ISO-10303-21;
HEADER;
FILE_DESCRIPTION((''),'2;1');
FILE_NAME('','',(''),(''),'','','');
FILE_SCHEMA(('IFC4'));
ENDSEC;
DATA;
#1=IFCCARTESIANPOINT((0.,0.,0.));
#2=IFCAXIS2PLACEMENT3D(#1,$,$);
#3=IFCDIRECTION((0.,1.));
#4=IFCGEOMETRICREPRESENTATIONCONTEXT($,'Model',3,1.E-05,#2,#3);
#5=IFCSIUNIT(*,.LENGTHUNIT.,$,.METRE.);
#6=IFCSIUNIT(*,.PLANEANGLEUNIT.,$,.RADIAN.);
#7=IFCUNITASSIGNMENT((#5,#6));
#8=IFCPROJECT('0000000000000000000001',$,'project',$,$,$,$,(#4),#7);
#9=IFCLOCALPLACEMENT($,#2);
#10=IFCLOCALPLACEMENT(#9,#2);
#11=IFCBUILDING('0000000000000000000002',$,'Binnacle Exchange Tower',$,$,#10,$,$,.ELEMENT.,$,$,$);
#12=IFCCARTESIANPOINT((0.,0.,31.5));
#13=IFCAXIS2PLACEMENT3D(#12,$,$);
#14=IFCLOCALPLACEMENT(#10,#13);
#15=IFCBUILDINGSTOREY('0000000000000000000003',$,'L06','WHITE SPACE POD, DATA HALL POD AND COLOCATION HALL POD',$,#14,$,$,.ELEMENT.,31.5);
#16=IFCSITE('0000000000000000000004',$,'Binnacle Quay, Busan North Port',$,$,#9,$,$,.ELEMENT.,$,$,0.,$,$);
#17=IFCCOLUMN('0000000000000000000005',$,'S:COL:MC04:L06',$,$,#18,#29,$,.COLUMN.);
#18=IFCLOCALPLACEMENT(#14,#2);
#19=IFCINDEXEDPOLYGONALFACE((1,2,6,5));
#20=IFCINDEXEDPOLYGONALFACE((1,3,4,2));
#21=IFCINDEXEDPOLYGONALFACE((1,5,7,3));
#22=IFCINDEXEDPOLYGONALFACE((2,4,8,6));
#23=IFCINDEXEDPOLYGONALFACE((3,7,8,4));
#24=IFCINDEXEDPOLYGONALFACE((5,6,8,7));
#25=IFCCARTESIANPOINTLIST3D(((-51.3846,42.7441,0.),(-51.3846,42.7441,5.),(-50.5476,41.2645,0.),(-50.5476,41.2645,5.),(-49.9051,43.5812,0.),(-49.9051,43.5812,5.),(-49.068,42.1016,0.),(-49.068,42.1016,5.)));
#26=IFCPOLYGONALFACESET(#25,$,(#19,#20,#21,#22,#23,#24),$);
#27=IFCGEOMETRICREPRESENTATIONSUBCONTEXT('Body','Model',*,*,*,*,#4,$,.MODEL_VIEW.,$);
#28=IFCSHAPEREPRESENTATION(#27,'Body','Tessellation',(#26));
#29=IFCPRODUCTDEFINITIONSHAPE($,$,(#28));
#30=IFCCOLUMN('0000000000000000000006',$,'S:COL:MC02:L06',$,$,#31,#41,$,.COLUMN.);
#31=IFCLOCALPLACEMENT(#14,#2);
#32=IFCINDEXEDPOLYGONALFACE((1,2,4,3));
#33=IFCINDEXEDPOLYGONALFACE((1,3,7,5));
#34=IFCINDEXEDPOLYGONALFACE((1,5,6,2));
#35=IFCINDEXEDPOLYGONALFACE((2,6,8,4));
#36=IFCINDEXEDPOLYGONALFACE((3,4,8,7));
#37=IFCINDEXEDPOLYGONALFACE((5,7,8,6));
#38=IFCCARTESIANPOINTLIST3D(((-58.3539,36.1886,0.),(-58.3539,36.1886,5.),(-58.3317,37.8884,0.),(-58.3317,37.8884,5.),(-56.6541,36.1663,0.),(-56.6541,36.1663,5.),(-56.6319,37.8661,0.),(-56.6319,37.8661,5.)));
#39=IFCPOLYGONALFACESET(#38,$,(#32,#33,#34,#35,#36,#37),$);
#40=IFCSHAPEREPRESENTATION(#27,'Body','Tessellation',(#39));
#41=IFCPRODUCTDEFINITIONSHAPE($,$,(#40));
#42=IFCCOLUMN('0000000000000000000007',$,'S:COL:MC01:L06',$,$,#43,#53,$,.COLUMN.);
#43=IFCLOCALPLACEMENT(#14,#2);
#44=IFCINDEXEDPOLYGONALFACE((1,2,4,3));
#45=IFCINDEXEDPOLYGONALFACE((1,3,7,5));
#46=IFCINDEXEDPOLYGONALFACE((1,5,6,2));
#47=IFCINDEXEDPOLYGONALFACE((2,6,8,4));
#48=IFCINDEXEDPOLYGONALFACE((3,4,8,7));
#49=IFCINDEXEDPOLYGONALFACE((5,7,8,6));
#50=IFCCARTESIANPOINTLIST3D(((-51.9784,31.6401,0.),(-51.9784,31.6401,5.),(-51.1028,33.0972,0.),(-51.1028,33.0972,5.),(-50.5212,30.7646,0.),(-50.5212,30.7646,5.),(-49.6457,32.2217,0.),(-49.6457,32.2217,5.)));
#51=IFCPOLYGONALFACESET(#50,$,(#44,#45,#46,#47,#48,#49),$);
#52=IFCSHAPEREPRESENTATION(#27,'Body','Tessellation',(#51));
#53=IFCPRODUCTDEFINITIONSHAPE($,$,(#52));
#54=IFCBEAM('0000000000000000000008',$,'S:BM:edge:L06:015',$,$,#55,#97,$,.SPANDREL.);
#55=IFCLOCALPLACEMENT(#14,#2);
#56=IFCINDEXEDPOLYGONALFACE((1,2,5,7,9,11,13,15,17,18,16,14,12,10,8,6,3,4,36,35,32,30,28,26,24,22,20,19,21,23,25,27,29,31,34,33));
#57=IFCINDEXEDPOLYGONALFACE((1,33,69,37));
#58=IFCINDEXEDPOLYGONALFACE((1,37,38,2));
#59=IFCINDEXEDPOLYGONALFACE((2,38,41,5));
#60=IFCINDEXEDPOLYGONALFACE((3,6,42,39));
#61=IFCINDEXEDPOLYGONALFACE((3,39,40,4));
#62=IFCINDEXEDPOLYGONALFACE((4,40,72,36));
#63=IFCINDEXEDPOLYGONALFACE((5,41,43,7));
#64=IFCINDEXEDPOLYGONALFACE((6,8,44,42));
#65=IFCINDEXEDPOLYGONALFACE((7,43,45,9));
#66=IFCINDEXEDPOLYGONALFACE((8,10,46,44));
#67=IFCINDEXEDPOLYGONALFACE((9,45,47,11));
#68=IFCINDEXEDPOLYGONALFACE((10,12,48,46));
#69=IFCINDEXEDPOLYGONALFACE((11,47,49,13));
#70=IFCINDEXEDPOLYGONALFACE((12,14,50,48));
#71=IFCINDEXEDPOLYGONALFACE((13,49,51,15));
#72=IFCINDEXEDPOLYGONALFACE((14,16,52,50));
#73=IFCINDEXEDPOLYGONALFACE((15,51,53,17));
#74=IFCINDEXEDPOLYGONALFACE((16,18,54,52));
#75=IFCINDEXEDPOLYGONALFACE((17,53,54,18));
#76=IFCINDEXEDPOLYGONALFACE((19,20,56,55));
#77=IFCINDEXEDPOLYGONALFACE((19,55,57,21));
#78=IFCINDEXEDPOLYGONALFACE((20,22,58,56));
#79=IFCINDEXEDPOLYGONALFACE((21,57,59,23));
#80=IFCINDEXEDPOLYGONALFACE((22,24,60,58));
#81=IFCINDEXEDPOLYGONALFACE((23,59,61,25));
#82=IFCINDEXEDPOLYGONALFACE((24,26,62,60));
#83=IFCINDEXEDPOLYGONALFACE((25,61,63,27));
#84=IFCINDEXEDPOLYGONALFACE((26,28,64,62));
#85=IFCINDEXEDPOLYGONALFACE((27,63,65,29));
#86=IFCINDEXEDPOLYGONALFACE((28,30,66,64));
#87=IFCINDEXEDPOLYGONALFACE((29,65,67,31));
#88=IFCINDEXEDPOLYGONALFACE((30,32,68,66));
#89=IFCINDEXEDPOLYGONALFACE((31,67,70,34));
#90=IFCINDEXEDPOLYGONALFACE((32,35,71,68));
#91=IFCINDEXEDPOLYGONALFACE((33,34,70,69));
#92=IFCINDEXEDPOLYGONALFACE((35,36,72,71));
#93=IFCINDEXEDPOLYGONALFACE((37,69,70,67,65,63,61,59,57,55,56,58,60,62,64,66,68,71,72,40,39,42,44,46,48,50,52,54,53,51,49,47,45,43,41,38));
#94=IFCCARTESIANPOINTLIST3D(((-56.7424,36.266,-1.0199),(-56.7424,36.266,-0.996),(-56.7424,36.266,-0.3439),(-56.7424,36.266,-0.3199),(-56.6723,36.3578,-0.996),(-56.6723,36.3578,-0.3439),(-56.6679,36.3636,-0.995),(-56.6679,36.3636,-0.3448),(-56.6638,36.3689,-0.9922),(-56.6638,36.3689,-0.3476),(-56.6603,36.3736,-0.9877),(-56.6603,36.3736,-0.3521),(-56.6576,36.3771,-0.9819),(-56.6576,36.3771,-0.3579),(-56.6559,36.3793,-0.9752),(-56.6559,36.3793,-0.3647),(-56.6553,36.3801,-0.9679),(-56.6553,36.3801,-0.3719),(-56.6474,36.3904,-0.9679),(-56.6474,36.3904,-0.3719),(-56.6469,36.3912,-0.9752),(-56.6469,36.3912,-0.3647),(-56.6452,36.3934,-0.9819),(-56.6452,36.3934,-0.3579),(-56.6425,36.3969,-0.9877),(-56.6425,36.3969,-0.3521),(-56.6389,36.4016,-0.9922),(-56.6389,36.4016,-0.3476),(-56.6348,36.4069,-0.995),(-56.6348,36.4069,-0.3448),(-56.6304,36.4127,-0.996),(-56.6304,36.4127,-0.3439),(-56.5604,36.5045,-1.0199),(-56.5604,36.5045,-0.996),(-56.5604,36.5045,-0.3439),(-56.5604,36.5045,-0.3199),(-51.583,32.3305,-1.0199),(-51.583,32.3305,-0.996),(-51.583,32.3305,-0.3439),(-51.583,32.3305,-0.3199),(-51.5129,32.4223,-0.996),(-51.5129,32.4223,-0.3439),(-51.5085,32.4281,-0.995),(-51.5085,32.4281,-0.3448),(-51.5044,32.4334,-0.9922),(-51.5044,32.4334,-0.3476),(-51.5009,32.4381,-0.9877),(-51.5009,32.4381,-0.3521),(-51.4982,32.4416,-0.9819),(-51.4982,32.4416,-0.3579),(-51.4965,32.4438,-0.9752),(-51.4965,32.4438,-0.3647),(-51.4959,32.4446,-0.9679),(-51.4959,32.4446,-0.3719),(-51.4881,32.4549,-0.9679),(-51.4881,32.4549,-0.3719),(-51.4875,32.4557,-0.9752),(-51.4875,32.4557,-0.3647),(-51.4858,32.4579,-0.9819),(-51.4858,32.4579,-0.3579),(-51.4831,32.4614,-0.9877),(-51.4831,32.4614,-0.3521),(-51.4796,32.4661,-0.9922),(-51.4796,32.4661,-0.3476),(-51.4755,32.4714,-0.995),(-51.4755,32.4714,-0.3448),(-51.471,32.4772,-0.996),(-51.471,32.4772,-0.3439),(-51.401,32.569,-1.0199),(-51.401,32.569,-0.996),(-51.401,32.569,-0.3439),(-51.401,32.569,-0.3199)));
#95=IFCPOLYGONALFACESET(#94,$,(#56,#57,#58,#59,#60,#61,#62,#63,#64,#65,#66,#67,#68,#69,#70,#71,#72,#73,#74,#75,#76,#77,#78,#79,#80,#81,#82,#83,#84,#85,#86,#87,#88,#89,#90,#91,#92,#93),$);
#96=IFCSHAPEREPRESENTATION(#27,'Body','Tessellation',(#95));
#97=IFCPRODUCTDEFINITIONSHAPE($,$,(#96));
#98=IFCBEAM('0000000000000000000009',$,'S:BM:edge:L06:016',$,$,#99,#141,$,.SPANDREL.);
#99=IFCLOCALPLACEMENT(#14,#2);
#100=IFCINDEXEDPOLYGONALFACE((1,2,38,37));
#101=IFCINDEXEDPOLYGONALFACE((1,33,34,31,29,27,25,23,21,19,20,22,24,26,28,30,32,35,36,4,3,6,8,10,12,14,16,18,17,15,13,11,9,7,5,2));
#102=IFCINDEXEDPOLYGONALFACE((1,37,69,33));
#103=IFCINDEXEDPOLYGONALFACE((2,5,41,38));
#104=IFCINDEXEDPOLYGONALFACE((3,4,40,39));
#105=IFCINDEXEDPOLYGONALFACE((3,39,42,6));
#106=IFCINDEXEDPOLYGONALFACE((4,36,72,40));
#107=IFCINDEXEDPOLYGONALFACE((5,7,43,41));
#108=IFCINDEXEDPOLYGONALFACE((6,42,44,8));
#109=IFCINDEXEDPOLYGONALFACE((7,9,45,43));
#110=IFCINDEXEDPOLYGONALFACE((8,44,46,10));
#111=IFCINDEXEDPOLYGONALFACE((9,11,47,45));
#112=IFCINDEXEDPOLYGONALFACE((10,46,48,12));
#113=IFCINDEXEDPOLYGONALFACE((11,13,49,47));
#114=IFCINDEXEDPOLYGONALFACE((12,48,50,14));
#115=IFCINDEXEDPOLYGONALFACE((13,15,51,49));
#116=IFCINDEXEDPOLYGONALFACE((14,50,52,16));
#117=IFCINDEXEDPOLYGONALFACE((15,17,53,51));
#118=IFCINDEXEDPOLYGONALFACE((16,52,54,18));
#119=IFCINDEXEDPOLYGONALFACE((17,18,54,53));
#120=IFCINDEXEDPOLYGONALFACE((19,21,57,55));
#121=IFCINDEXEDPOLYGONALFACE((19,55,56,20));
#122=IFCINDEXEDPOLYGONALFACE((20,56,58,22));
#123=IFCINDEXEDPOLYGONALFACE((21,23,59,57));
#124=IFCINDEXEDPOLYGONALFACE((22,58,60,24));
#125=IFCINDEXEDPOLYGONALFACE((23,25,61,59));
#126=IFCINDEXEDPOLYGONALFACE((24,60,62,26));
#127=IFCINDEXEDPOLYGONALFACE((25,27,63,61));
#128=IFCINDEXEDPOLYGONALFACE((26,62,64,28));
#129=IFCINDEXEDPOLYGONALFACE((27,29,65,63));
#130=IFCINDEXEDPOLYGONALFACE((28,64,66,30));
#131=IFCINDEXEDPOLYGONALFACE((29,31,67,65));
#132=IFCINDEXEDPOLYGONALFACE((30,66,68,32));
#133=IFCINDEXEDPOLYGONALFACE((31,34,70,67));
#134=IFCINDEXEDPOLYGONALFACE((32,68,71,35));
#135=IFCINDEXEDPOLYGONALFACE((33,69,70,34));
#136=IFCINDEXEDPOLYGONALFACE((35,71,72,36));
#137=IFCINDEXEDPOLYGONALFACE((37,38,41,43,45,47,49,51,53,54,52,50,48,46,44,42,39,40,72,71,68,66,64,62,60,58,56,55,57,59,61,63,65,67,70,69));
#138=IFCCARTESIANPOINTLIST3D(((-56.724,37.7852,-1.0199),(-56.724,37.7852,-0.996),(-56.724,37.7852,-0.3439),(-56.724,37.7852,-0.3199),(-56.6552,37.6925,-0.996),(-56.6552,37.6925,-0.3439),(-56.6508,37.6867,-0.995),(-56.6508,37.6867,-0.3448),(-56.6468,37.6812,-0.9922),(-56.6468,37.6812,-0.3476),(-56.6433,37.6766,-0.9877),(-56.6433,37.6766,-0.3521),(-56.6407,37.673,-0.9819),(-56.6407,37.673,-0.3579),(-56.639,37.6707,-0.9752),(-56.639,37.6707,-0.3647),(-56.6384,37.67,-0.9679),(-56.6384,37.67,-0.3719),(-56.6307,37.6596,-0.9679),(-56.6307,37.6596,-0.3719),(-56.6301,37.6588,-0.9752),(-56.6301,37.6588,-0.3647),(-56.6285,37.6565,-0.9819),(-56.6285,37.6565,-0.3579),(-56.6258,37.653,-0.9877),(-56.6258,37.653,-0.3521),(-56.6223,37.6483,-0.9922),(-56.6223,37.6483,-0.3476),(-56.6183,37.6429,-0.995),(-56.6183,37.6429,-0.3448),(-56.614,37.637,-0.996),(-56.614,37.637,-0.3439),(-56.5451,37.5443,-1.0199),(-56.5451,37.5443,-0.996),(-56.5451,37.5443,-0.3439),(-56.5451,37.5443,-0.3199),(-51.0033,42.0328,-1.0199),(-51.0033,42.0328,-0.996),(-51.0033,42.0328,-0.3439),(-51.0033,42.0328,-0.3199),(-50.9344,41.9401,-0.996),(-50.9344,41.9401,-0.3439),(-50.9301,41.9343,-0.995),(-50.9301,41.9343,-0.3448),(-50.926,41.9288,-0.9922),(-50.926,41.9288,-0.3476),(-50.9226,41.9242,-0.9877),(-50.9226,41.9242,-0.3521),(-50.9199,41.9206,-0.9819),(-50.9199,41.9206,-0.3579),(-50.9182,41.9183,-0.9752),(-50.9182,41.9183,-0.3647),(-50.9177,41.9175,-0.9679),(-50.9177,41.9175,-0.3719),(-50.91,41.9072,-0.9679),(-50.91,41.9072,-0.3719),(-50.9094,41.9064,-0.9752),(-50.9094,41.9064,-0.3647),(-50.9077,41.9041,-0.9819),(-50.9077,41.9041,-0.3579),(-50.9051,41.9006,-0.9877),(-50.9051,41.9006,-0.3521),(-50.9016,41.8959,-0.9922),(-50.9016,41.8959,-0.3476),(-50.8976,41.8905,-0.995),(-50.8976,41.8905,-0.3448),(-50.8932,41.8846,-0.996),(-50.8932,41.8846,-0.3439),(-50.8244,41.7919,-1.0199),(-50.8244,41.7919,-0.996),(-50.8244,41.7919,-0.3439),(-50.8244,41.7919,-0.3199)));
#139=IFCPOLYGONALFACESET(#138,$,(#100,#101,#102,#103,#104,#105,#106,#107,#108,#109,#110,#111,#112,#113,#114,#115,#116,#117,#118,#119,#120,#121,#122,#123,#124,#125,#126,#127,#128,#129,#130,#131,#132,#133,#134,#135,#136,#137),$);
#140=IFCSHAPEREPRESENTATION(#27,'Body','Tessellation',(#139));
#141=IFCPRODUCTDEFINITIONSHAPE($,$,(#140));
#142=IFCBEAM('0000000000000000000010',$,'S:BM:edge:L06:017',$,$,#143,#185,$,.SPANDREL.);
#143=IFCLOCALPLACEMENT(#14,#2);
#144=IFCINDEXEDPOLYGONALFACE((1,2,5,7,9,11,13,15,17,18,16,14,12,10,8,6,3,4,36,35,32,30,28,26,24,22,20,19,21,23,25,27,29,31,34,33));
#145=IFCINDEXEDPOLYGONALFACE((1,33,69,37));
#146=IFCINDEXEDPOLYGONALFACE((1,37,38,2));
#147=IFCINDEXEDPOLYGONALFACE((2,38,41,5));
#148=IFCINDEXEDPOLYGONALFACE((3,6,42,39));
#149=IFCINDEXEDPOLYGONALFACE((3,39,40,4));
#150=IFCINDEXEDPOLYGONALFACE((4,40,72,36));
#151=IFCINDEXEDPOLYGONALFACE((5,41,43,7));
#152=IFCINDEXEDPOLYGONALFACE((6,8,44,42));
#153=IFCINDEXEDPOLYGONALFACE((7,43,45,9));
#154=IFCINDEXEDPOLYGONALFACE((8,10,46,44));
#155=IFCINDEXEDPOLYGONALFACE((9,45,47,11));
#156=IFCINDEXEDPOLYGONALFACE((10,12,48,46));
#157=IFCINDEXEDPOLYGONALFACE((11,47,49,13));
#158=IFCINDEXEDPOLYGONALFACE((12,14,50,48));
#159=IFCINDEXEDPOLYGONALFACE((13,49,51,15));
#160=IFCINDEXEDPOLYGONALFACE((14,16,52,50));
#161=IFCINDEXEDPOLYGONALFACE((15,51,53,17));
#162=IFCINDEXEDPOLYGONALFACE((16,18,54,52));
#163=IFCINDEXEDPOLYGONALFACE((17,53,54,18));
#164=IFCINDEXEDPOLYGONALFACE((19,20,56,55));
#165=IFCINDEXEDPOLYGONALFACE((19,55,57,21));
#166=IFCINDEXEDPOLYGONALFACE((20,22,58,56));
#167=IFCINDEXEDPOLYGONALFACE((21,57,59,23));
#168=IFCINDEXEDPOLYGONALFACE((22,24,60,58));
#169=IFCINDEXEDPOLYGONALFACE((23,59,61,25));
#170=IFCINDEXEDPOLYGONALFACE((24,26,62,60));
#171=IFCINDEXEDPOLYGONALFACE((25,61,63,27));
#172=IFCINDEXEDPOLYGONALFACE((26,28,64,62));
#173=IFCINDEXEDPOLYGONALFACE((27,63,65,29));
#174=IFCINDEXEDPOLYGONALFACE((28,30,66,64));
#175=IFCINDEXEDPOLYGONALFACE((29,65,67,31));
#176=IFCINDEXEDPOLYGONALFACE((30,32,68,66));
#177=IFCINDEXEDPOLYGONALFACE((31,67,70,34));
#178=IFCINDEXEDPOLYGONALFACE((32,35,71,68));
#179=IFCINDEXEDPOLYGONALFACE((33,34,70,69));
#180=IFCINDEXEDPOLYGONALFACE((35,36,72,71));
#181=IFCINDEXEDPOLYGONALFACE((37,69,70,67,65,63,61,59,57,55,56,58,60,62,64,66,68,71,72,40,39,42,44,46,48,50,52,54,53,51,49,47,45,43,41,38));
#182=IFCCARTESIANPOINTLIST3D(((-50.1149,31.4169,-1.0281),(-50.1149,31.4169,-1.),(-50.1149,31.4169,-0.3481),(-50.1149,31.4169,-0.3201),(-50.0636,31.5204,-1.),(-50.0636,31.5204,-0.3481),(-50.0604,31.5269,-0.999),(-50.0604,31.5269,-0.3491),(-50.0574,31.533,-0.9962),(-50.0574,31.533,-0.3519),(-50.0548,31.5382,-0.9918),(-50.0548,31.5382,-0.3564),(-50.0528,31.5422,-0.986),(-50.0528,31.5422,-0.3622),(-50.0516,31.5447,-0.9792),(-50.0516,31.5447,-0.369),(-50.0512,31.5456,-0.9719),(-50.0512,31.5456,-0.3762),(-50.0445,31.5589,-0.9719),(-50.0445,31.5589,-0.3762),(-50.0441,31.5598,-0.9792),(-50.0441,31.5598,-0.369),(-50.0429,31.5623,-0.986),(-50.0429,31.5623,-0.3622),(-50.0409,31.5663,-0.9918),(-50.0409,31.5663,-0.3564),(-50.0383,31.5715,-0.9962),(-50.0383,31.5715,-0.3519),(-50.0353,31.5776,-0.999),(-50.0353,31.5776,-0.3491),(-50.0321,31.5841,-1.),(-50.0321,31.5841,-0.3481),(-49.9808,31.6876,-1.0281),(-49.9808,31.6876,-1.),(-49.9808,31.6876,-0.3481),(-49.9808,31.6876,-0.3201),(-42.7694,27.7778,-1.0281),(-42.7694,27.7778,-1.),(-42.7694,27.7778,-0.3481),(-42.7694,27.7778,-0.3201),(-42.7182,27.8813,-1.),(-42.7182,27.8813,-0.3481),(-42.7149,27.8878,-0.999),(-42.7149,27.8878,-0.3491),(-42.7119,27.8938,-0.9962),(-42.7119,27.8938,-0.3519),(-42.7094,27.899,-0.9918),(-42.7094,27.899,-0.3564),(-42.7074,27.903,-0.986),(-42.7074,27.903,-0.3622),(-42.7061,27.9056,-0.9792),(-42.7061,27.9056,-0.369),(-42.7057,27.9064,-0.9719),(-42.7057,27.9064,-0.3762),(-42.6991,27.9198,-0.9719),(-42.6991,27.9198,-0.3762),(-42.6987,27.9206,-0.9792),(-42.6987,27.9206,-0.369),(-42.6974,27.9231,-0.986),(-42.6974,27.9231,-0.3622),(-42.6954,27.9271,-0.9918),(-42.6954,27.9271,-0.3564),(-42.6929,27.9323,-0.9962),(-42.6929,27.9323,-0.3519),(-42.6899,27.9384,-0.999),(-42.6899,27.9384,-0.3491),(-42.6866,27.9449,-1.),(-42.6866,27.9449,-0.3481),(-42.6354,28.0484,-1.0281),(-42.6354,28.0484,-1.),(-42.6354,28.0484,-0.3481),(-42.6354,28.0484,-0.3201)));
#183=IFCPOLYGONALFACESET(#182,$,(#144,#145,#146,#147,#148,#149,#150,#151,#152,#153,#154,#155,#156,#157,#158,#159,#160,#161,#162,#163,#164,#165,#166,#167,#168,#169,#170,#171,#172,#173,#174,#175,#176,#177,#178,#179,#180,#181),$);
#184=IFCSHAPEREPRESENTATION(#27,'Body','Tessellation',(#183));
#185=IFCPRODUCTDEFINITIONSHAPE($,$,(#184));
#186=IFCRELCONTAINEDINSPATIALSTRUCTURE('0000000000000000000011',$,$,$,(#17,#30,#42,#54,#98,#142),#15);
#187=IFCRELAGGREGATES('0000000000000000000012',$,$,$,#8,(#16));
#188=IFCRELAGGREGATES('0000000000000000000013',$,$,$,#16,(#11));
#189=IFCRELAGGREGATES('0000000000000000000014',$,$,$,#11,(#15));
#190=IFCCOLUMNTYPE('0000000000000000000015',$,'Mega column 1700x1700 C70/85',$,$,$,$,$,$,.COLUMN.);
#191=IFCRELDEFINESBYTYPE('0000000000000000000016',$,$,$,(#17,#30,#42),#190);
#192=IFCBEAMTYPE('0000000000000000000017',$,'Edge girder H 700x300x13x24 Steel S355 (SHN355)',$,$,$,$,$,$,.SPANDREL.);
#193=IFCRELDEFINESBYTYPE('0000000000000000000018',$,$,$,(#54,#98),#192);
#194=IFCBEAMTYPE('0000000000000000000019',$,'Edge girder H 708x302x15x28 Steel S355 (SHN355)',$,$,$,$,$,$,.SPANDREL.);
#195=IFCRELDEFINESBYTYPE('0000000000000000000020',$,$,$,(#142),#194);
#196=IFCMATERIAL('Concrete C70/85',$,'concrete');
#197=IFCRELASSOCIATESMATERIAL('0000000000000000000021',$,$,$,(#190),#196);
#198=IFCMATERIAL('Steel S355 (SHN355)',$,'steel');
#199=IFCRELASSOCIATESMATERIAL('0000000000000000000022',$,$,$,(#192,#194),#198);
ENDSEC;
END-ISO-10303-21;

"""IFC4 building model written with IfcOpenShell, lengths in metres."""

from ifc_helpers import new_model, si_unit, direction, frame, origin, origin_2d, place, context, subcontext, project, spatial, rectangle, i_section, extrude, material, material_profile, profile_set, type_object, element, save


model = new_model("IFC4")

# Units and contexts
model_context = context("Model", 3, precision=1e-05, world=origin(), true_north=direction((0.0, 1.0)))
body_context = subcontext(model_context, "Body", "Model", "MODEL_VIEW")
ifc_project = project(units=[si_unit("LENGTHUNIT", "METRE"), si_unit("PLANEANGLEUNIT", "RADIAN")], contexts=[model_context])

# Site, building, storey
site_placement = place(None, origin())
site = spatial("IfcSite", under=ifc_project, at=site_placement, Name="Binnacle Quay, Busan North Port", CompositionType="ELEMENT", RefElevation=0.0)
building_placement = place(site_placement, origin())
building = spatial("IfcBuilding", under=site, at=building_placement, Name="Binnacle Exchange Tower", CompositionType="ELEMENT")
storey_placement = place(building_placement, frame((0.0, 0.0, 31.5)))
storey = spatial("IfcBuildingStorey", under=building, at=storey_placement, Name="L06", Description="WHITE SPACE POD, DATA HALL POD AND COLOCATION HALL POD", CompositionType="ELEMENT", Elevation=31.5)

# Columns
ifc_material_1 = material(Name="Concrete C70/85", Category="concrete")
ifc_material_profile_1 = material_profile(ifc_material_1, rectangle(XDim=1.7, YDim=1.7, at=origin_2d()), Name="Mega column 1700x1700 C70/85")
ifc_profile_set_1 = profile_set([ifc_material_profile_1], Name="Concrete C70/85")
column_type = type_object("IfcColumnType", Name="Mega column 1700x1700 C70/85", PredefinedType="COLUMN", material=ifc_profile_set_1)
for number, where, z_axis, x_axis, name in (
    (1, (-50.2263, 42.4229, 0.0), (0.0, 0.0, 1.0), (-0.870356, -0.492424, 0.0), "S:COL:MC04:L06"),
    (2, (-57.4929, 37.0273, 0.0), (0.0, 0.0, 1.0), (-0.01309, -0.999914, 0.0), "S:COL:MC02:L06"),
    (3, (-50.812, 31.9309, 0.0), (0.0, 0.0, 1.0), (0.857167, -0.515038, 0.0), "S:COL:MC01:L06"),
):
    element("IfcColumn", number, at=place(storey_placement, frame(where, z_axis=z_axis, x_axis=x_axis)), inside=storey, type_object=column_type, Name=name, PredefinedType="COLUMN", context=body_context, shape_type="SweptSolid", body=[
        extrude(rectangle(XDim=1.7, YDim=1.7, at=origin_2d()), origin(), (0.0, 0.0, 1.0), 5.0),
    ])

# Beams
ifc_material_2 = material(Name="Steel S355 (SHN355)", Category="steel")
ifc_material_profile_2 = material_profile(ifc_material_2, i_section(OverallWidth=0.3, OverallDepth=0.7, WebThickness=0.0129, FlangeThickness=0.0239, FilletRadius=0.0281, at=origin_2d()), Name="H 700x300x13x24")
ifc_profile_set_2 = profile_set([ifc_material_profile_2], Name="Steel S355 (SHN355)")
beam_type_1 = type_object("IfcBeamType", Name="Edge girder H 700x300x13x24 Steel S355 (SHN355)", PredefinedType="SPANDREL", material=ifc_profile_set_2)
beam_1_placement = place(storey_placement, frame((-56.6514, 36.3853, -0.6699), z_axis=(0.795093, -0.606487, 0.0), x_axis=(0.606487, 0.795093, 0.0)))
element("IfcBeam", 4, at=beam_1_placement, inside=storey, type_object=beam_type_1, Name="S:BM:edge:L06:015", PredefinedType="SPANDREL", context=body_context, shape_type="SweptSolid", body=[
    extrude(i_section(OverallWidth=0.3, OverallDepth=0.7, WebThickness=0.0129, FlangeThickness=0.0239, FilletRadius=0.0281, at=origin_2d()), origin(), (0.0, 0.0, 1.0), 6.489),
])
beam_2_placement = place(storey_placement, frame((-50.9138, 41.9124, -0.6699), z_axis=(-0.802885, -0.596133, 0.0), x_axis=(0.596133, -0.802885, 0.0)))
element("IfcBeam", 5, at=beam_2_placement, inside=storey, type_object=beam_type_1, Name="S:BM:edge:L06:016", PredefinedType="SPANDREL", context=body_context, shape_type="SweptSolid", body=[
    extrude(i_section(OverallWidth=0.3, OverallDepth=0.7, WebThickness=0.0129, FlangeThickness=0.0239, FilletRadius=0.0281, at=origin_2d()), origin(), (0.0, 0.0, 1.0), 7.1252),
])
ifc_material_profile_3 = material_profile(ifc_material_2, i_section(OverallWidth=0.302, OverallDepth=0.708, WebThickness=0.0149, FlangeThickness=0.0281, FilletRadius=0.0281, at=origin_2d()), Name="H 708x302x15x28")
ifc_profile_set_3 = profile_set([ifc_material_profile_3], Name="Steel S355 (SHN355)")
beam_type_2 = type_object("IfcBeamType", Name="Edge girder H 708x302x15x28 Steel S355 (SHN355)", PredefinedType="SPANDREL", material=ifc_profile_set_3)
beam_3_placement = place(storey_placement, frame((-50.0479, 31.5522, -0.6741), z_axis=(0.896059, -0.443935, 0.0), x_axis=(0.443935, 0.896059, 0.0)))
element("IfcBeam", 6, at=beam_3_placement, inside=storey, type_object=beam_type_2, Name="S:BM:edge:L06:017", PredefinedType="SPANDREL", context=body_context, shape_type="SweptSolid", body=[
    extrude(i_section(OverallWidth=0.302, OverallDepth=0.708, WebThickness=0.0149, FlangeThickness=0.0281, FilletRadius=0.0281, at=origin_2d()), origin(), (0.0, 0.0, 1.0), 8.1975),
])

save(model, "model.ifc")
